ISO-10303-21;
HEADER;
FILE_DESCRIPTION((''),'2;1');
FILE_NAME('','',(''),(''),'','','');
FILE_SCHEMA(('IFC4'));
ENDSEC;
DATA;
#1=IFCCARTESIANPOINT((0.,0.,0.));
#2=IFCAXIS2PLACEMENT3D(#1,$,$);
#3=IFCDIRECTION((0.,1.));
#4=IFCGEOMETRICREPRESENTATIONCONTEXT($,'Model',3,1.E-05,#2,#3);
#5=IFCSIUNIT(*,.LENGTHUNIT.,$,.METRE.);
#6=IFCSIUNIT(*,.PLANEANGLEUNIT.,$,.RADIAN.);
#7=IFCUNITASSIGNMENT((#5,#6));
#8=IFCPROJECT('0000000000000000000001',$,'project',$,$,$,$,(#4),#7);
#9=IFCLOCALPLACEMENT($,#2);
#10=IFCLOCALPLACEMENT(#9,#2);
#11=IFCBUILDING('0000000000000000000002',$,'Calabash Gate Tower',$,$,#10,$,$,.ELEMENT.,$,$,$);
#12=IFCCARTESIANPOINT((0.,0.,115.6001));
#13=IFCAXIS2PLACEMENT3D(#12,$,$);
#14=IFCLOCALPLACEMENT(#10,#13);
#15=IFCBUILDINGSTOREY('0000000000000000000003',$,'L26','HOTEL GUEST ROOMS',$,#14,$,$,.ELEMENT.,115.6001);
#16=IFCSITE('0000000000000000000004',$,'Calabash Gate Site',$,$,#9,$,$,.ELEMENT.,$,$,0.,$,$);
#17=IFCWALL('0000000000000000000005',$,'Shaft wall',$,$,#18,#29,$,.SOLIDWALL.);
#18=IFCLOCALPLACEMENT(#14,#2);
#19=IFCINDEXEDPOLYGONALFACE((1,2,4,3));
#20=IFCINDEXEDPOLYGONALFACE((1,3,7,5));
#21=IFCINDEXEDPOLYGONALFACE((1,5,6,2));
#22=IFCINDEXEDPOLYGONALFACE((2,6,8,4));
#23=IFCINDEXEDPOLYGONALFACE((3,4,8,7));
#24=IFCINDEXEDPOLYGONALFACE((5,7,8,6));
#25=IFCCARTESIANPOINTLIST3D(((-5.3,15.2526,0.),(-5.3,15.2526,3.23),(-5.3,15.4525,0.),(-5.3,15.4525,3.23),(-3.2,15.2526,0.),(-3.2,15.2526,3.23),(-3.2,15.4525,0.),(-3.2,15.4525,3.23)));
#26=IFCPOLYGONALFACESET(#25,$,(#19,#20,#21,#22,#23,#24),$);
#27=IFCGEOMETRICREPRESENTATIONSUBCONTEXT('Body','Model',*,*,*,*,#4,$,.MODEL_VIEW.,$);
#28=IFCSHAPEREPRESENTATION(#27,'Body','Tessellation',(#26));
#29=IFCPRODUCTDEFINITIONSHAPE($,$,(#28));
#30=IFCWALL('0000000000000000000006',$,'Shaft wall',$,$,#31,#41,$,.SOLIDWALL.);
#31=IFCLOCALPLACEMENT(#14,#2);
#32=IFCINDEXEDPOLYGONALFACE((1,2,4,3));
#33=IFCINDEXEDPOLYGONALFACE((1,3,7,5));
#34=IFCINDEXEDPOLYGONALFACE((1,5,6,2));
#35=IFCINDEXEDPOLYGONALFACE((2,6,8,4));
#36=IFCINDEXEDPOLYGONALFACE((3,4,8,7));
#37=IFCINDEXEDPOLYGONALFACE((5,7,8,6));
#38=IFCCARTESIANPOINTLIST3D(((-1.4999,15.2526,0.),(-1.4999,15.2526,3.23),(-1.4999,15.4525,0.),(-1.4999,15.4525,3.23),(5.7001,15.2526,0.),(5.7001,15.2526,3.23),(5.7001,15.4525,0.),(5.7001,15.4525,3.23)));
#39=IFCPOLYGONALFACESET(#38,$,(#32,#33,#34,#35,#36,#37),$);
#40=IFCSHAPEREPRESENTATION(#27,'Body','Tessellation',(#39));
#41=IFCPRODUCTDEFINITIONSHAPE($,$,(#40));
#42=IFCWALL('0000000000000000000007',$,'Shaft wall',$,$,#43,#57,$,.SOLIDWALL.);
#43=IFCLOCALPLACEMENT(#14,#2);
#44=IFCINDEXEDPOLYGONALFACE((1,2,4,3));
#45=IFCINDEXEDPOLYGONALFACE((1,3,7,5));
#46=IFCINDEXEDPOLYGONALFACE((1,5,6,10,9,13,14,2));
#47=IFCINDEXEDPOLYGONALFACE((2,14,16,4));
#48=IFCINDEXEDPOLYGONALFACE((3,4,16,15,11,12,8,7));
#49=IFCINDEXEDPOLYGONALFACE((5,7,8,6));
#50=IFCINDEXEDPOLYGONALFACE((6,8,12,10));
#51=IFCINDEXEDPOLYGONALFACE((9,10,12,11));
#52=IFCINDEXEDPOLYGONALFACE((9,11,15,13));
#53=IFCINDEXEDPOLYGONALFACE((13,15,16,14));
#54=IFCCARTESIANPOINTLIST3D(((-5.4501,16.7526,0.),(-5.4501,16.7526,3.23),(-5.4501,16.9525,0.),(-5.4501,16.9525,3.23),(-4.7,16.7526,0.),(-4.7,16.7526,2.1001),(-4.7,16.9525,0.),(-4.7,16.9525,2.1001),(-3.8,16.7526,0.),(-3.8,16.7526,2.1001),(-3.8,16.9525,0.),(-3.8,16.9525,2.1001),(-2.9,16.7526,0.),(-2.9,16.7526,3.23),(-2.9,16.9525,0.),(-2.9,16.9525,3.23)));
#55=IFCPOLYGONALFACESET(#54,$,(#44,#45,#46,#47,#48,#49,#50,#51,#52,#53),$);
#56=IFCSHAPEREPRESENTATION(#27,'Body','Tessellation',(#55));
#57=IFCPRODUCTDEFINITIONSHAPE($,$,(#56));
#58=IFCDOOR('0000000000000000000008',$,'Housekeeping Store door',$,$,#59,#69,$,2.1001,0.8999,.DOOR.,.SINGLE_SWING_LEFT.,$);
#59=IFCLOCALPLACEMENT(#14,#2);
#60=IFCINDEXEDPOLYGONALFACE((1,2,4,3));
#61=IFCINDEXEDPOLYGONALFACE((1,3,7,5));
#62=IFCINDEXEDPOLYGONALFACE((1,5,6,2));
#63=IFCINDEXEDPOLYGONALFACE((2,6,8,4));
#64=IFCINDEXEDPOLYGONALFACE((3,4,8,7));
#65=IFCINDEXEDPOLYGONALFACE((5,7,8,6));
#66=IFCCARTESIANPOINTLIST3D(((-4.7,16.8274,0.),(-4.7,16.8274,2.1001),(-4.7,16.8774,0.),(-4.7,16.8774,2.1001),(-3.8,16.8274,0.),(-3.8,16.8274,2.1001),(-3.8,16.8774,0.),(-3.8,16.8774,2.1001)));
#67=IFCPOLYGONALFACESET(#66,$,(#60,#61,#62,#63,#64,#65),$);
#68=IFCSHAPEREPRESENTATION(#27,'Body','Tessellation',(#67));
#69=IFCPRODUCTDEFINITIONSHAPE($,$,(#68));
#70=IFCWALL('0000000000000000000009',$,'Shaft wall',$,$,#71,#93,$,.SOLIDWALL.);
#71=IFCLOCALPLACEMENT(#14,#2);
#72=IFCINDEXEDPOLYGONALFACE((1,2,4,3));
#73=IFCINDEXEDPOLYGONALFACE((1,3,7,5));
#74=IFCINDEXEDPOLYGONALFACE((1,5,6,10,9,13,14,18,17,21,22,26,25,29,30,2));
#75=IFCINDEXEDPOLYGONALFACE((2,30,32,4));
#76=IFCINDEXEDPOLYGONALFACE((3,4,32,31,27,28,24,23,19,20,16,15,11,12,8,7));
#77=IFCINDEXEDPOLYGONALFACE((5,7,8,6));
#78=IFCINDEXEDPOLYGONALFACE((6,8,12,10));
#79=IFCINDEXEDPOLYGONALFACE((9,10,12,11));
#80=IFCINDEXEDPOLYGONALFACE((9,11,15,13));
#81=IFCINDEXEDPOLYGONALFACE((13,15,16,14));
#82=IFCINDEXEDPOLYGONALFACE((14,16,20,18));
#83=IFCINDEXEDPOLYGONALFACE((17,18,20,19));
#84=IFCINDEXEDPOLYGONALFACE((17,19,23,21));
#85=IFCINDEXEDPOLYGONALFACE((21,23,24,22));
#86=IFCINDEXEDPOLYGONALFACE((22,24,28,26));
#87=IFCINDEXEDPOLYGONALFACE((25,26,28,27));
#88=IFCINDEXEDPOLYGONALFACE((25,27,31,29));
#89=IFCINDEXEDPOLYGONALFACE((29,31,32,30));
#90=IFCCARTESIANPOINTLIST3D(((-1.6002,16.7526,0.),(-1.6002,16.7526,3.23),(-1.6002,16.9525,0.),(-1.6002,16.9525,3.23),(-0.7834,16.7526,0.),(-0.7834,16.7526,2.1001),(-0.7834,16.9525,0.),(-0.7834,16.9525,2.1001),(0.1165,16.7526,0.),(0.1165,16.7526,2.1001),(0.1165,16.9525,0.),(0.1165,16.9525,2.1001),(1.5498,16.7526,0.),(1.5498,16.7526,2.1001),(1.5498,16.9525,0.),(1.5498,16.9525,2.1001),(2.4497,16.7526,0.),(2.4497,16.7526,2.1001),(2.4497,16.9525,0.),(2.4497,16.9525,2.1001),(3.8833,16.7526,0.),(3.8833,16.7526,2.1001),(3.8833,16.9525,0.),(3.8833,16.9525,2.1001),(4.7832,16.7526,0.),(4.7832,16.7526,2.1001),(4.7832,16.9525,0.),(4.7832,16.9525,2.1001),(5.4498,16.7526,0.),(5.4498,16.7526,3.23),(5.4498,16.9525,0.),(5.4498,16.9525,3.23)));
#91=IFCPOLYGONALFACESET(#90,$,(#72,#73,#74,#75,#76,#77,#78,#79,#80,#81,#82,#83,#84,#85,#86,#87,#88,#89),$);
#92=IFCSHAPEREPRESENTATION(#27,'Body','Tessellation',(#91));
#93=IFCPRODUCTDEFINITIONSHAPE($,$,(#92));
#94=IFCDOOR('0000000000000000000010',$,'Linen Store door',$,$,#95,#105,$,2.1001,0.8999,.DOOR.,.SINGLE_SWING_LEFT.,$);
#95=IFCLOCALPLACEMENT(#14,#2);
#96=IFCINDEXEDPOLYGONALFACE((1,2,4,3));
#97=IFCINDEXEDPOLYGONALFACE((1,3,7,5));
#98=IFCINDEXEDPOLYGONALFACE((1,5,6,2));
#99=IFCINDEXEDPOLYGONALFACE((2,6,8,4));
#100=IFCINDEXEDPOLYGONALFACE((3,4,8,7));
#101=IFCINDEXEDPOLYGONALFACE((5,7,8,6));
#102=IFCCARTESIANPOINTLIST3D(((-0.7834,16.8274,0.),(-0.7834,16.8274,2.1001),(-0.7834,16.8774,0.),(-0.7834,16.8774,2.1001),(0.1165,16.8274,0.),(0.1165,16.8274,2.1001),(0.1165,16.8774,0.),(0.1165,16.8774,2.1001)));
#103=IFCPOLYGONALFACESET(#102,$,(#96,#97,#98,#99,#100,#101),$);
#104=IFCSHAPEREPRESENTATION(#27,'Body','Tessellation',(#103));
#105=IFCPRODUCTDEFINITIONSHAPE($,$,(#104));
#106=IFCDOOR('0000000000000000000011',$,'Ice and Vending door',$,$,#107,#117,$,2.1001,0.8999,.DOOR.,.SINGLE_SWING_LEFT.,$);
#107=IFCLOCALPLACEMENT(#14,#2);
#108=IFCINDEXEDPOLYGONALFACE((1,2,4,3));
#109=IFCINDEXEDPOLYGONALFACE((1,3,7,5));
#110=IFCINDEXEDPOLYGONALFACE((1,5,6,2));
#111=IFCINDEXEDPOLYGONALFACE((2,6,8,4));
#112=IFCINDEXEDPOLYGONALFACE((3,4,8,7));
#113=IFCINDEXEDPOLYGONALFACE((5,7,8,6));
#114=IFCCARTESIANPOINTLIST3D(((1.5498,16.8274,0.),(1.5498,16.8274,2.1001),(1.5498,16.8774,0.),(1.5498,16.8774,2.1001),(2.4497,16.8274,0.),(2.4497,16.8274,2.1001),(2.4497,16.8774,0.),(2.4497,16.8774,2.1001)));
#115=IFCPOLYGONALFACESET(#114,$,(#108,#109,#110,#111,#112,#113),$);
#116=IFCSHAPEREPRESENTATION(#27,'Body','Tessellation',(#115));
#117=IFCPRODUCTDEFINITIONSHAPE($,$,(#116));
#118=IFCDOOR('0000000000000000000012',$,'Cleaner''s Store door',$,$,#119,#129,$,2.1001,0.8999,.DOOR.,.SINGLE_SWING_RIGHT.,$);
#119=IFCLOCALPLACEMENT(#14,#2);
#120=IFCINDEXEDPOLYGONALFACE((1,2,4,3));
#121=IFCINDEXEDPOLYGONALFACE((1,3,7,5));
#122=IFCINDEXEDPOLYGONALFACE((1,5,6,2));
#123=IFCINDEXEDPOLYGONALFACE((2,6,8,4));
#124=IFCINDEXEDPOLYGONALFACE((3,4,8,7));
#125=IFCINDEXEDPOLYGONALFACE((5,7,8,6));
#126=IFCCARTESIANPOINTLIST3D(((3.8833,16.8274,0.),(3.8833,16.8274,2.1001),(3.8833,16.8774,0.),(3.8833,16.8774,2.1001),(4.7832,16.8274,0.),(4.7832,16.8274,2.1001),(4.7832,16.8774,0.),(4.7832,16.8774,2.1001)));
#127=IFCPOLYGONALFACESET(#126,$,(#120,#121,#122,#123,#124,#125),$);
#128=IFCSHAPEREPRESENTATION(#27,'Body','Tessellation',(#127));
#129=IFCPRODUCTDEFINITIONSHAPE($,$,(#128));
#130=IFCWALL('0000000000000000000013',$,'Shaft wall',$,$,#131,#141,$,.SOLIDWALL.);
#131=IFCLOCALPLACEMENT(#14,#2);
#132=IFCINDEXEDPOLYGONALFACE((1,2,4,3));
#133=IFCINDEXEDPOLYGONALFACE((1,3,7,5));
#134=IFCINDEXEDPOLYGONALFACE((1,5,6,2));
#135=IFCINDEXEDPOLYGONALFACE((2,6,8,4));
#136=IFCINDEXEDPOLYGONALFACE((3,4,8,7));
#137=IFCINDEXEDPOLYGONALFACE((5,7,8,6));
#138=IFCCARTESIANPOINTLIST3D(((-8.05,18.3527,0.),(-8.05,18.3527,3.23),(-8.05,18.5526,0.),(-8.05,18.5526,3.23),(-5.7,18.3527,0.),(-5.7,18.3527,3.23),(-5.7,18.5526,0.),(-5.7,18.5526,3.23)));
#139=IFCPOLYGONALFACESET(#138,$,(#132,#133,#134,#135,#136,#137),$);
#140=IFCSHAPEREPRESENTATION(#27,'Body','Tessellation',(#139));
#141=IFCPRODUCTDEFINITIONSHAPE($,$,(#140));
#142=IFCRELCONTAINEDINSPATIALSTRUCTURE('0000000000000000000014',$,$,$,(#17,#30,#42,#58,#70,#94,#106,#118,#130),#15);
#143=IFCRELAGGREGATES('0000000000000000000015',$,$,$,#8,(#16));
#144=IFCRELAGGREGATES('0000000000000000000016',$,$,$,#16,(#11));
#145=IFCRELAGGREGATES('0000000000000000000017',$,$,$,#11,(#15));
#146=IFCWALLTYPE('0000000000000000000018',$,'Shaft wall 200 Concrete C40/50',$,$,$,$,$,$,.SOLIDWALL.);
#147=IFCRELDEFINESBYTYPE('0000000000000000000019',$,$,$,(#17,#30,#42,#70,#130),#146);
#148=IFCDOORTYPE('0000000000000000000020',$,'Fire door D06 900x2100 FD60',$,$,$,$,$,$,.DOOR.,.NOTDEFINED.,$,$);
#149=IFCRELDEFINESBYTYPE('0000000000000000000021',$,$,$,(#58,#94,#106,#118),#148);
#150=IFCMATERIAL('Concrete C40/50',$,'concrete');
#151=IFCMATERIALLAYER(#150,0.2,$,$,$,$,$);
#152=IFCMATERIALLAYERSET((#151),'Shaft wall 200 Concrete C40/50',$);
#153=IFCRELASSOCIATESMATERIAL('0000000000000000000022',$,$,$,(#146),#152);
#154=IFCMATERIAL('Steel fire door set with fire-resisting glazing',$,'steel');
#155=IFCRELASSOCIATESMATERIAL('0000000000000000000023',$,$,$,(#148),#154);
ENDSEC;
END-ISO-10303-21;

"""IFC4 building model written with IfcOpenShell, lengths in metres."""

from ifc_helpers import new_model, si_unit, direction, frame, frame_2d, origin, place, context, subcontext, project, spatial, rectangle, extrude, material, layer, layer_set, type_object, element, fill, save


model = new_model("IFC4")

# Units and contexts
model_context = context("Model", 3, precision=1e-05, world=origin(), true_north=direction((0.0, 1.0)))
body_context = subcontext(model_context, "Body", "Model", "MODEL_VIEW")
ifc_project = project(units=[si_unit("LENGTHUNIT", "METRE"), si_unit("PLANEANGLEUNIT", "RADIAN")], contexts=[model_context])

# Site, building, storey
site_placement = place(None, origin())
site = spatial("IfcSite", under=ifc_project, at=site_placement, Name="Calabash Gate Site", CompositionType="ELEMENT", RefElevation=0.0)
building_placement = place(site_placement, origin())
building = spatial("IfcBuilding", under=site, at=building_placement, Name="Calabash Gate Tower", CompositionType="ELEMENT")
storey_placement = place(building_placement, frame((0.0, 0.0, 115.6001)))
storey = spatial("IfcBuildingStorey", under=building, at=storey_placement, Name="L26", Description="HOTEL GUEST ROOMS", CompositionType="ELEMENT", Elevation=115.6001)

# Shared definitions
ifc_material_1 = material(Name="Concrete C40/50", Category="concrete")
ifc_layer_1 = layer(ifc_material_1, 0.2)
ifc_layer_set_1 = layer_set([ifc_layer_1], Name="Shaft wall 200 Concrete C40/50")
wall_type_1 = type_object("IfcWallType", Name="Shaft wall 200 Concrete C40/50", PredefinedType="SOLIDWALL", material=ifc_layer_set_1)
ifc_material_2 = material(Name="Steel fire door set with fire-resisting glazing", Category="steel")
door_type_1 = type_object("IfcDoorType", Name="Fire door D06 900x2100 FD60", OperationType="NOTDEFINED", PredefinedType="DOOR", material=ifc_material_2)

# Walls
wall_1_placement = place(storey_placement, frame((-5.3, 15.3525, 0.0), z_axis=(0.0, 0.0, 1.0), x_axis=(1.0, 0.0, 0.0)))
element("IfcWall", 1, at=wall_1_placement, inside=storey, type_object=wall_type_1, Name="Shaft wall", PredefinedType="SOLIDWALL", context=body_context, shape_type="SweptSolid", body=[
    extrude(rectangle(XDim=2.1001, YDim=0.2, at=frame_2d((1.05, 0.0))), origin(), (0.0, 0.0, 1.0), 3.23),
])
wall_2_placement = place(storey_placement, frame((-1.5, 15.3525, 0.0), z_axis=(0.0, 0.0, 1.0), x_axis=(1.0, 0.0, 0.0)))
element("IfcWall", 2, at=wall_2_placement, inside=storey, type_object=wall_type_1, Name="Shaft wall", PredefinedType="SOLIDWALL", context=body_context, shape_type="SweptSolid", body=[
    extrude(rectangle(XDim=7.2, YDim=0.2, at=frame_2d((3.6001, 0.0))), origin(), (0.0, 0.0, 1.0), 3.23),
])

# Wall, opening, door
wall_3_placement = place(storey_placement, frame((-5.45, 16.8525, 0.0), z_axis=(0.0, 0.0, 1.0), x_axis=(1.0, 0.0, 0.0)))
wall_3 = element("IfcWall", 3, at=wall_3_placement, inside=storey, type_object=wall_type_1, Name="Shaft wall", PredefinedType="SOLIDWALL", context=body_context, shape_type="SweptSolid", body=[
    extrude(rectangle(XDim=2.55, YDim=0.2, at=frame_2d((1.2749, 0.0))), origin(), (0.0, 0.0, 1.0), 3.23),
])
opening_1_placement = place(wall_3_placement, frame((0.75, 0.0, 0.0)))
opening_1 = element("IfcOpeningElement", 4, at=opening_1_placement, cuts=wall_3, PredefinedType="OPENING", context=body_context, shape_type="SweptSolid", body=[
    extrude(rectangle(XDim=0.8999, YDim=2.1001, at=frame_2d((0.45, 1.05))), frame((0.0, 0.1099, 0.0), z_axis=(0.0, -1.0, 0.0), x_axis=(1.0, 0.0, 0.0)), (0.0, 0.0, 1.0), 0.22),
])
door_1_placement = place(opening_1_placement, origin())
door_1 = element("IfcDoor", 5, at=door_1_placement, inside=storey, type_object=door_type_1, Name="Housekeeping Store door", OperationType="SINGLE_SWING_LEFT", OverallHeight=2.1001, OverallWidth=0.8999, PredefinedType="DOOR", context=body_context, shape_type="SweptSolid", body=[
    extrude(rectangle(XDim=0.8999, YDim=2.1001, at=frame_2d((0.45, 1.05))), frame((0.0, 0.0249, 0.0), z_axis=(0.0, -1.0, 0.0), x_axis=(1.0, 0.0, 0.0)), (0.0, 0.0, 1.0), 0.05),
])
fill(opening_1, door_1)

# Wall, openings, doors
wall_4_placement = place(storey_placement, frame((-1.6001, 16.8525, 0.0), z_axis=(0.0, 0.0, 1.0), x_axis=(1.0, 0.0, 0.0)))
wall_4 = element("IfcWall", 6, at=wall_4_placement, inside=storey, type_object=wall_type_1, Name="Shaft wall", PredefinedType="SOLIDWALL", context=body_context, shape_type="SweptSolid", body=[
    extrude(rectangle(XDim=7.05, YDim=0.2, at=frame_2d((3.5249, 0.0))), origin(), (0.0, 0.0, 1.0), 3.23),
])
opening_2_placement = place(wall_4_placement, frame((0.8167, 0.0, 0.0)))
opening_2 = element("IfcOpeningElement", 7, at=opening_2_placement, cuts=wall_4, PredefinedType="OPENING", context=body_context, shape_type="SweptSolid", body=[
    extrude(rectangle(XDim=0.8999, YDim=2.1001, at=frame_2d((0.45, 1.05))), frame((0.0, 0.1099, 0.0), z_axis=(0.0, -1.0, 0.0), x_axis=(1.0, 0.0, 0.0)), (0.0, 0.0, 1.0), 0.22),
])
opening_3_placement = place(wall_4_placement, frame((3.1499, 0.0, 0.0)))
opening_3 = element("IfcOpeningElement", 8, at=opening_3_placement, cuts=wall_4, PredefinedType="OPENING", context=body_context, shape_type="SweptSolid", body=[
    extrude(rectangle(XDim=0.8999, YDim=2.1001, at=frame_2d((0.45, 1.05))), frame((0.0, 0.1099, 0.0), z_axis=(0.0, -1.0, 0.0), x_axis=(1.0, 0.0, 0.0)), (0.0, 0.0, 1.0), 0.22),
])
opening_4_placement = place(wall_4_placement, frame((5.4834, 0.0, 0.0)))
opening_4 = element("IfcOpeningElement", 9, at=opening_4_placement, cuts=wall_4, PredefinedType="OPENING", context=body_context, shape_type="SweptSolid", body=[
    extrude(rectangle(XDim=0.8999, YDim=2.1001, at=frame_2d((0.45, 1.05))), frame((0.0, 0.1099, 0.0), z_axis=(0.0, -1.0, 0.0), x_axis=(1.0, 0.0, 0.0)), (0.0, 0.0, 1.0), 0.22),
])
door_2_placement = place(opening_2_placement, origin())
door_2 = element("IfcDoor", 10, at=door_2_placement, inside=storey, type_object=door_type_1, Name="Linen Store door", OperationType="SINGLE_SWING_LEFT", OverallHeight=2.1001, OverallWidth=0.8999, PredefinedType="DOOR", context=body_context, shape_type="SweptSolid", body=[
    extrude(rectangle(XDim=0.8999, YDim=2.1001, at=frame_2d((0.45, 1.05))), frame((0.0, 0.0249, 0.0), z_axis=(0.0, -1.0, 0.0), x_axis=(1.0, 0.0, 0.0)), (0.0, 0.0, 1.0), 0.05),
])
fill(opening_2, door_2)
door_3_placement = place(opening_3_placement, origin())
door_3 = element("IfcDoor", 11, at=door_3_placement, inside=storey, type_object=door_type_1, Name="Ice and Vending door", OperationType="SINGLE_SWING_LEFT", OverallHeight=2.1001, OverallWidth=0.8999, PredefinedType="DOOR", context=body_context, shape_type="SweptSolid", body=[
    extrude(rectangle(XDim=0.8999, YDim=2.1001, at=frame_2d((0.45, 1.05))), frame((0.0, 0.0249, 0.0), z_axis=(0.0, -1.0, 0.0), x_axis=(1.0, 0.0, 0.0)), (0.0, 0.0, 1.0), 0.05),
])
fill(opening_3, door_3)
door_4_placement = place(opening_4_placement, origin())
door_4 = element("IfcDoor", 12, at=door_4_placement, inside=storey, type_object=door_type_1, Name="Cleaner's Store door", OperationType="SINGLE_SWING_RIGHT", OverallHeight=2.1001, OverallWidth=0.8999, PredefinedType="DOOR", context=body_context, shape_type="SweptSolid", body=[
    extrude(rectangle(XDim=0.8999, YDim=2.1001, at=frame_2d((0.45, 1.05))), frame((0.0, 0.0249, 0.0), z_axis=(0.0, -1.0, 0.0), x_axis=(1.0, 0.0, 0.0)), (0.0, 0.0, 1.0), 0.05),
])
fill(opening_4, door_4)

# Wall
wall_5_placement = place(storey_placement, frame((-8.05, 18.4526, 0.0), z_axis=(0.0, 0.0, 1.0), x_axis=(1.0, 0.0, 0.0)))
element("IfcWall", 13, at=wall_5_placement, inside=storey, type_object=wall_type_1, Name="Shaft wall", PredefinedType="SOLIDWALL", context=body_context, shape_type="SweptSolid", body=[
    extrude(rectangle(XDim=2.3501, YDim=0.2, at=frame_2d((1.175, 0.0))), origin(), (0.0, 0.0, 1.0), 3.23),
])

save(model, "model.ifc")
